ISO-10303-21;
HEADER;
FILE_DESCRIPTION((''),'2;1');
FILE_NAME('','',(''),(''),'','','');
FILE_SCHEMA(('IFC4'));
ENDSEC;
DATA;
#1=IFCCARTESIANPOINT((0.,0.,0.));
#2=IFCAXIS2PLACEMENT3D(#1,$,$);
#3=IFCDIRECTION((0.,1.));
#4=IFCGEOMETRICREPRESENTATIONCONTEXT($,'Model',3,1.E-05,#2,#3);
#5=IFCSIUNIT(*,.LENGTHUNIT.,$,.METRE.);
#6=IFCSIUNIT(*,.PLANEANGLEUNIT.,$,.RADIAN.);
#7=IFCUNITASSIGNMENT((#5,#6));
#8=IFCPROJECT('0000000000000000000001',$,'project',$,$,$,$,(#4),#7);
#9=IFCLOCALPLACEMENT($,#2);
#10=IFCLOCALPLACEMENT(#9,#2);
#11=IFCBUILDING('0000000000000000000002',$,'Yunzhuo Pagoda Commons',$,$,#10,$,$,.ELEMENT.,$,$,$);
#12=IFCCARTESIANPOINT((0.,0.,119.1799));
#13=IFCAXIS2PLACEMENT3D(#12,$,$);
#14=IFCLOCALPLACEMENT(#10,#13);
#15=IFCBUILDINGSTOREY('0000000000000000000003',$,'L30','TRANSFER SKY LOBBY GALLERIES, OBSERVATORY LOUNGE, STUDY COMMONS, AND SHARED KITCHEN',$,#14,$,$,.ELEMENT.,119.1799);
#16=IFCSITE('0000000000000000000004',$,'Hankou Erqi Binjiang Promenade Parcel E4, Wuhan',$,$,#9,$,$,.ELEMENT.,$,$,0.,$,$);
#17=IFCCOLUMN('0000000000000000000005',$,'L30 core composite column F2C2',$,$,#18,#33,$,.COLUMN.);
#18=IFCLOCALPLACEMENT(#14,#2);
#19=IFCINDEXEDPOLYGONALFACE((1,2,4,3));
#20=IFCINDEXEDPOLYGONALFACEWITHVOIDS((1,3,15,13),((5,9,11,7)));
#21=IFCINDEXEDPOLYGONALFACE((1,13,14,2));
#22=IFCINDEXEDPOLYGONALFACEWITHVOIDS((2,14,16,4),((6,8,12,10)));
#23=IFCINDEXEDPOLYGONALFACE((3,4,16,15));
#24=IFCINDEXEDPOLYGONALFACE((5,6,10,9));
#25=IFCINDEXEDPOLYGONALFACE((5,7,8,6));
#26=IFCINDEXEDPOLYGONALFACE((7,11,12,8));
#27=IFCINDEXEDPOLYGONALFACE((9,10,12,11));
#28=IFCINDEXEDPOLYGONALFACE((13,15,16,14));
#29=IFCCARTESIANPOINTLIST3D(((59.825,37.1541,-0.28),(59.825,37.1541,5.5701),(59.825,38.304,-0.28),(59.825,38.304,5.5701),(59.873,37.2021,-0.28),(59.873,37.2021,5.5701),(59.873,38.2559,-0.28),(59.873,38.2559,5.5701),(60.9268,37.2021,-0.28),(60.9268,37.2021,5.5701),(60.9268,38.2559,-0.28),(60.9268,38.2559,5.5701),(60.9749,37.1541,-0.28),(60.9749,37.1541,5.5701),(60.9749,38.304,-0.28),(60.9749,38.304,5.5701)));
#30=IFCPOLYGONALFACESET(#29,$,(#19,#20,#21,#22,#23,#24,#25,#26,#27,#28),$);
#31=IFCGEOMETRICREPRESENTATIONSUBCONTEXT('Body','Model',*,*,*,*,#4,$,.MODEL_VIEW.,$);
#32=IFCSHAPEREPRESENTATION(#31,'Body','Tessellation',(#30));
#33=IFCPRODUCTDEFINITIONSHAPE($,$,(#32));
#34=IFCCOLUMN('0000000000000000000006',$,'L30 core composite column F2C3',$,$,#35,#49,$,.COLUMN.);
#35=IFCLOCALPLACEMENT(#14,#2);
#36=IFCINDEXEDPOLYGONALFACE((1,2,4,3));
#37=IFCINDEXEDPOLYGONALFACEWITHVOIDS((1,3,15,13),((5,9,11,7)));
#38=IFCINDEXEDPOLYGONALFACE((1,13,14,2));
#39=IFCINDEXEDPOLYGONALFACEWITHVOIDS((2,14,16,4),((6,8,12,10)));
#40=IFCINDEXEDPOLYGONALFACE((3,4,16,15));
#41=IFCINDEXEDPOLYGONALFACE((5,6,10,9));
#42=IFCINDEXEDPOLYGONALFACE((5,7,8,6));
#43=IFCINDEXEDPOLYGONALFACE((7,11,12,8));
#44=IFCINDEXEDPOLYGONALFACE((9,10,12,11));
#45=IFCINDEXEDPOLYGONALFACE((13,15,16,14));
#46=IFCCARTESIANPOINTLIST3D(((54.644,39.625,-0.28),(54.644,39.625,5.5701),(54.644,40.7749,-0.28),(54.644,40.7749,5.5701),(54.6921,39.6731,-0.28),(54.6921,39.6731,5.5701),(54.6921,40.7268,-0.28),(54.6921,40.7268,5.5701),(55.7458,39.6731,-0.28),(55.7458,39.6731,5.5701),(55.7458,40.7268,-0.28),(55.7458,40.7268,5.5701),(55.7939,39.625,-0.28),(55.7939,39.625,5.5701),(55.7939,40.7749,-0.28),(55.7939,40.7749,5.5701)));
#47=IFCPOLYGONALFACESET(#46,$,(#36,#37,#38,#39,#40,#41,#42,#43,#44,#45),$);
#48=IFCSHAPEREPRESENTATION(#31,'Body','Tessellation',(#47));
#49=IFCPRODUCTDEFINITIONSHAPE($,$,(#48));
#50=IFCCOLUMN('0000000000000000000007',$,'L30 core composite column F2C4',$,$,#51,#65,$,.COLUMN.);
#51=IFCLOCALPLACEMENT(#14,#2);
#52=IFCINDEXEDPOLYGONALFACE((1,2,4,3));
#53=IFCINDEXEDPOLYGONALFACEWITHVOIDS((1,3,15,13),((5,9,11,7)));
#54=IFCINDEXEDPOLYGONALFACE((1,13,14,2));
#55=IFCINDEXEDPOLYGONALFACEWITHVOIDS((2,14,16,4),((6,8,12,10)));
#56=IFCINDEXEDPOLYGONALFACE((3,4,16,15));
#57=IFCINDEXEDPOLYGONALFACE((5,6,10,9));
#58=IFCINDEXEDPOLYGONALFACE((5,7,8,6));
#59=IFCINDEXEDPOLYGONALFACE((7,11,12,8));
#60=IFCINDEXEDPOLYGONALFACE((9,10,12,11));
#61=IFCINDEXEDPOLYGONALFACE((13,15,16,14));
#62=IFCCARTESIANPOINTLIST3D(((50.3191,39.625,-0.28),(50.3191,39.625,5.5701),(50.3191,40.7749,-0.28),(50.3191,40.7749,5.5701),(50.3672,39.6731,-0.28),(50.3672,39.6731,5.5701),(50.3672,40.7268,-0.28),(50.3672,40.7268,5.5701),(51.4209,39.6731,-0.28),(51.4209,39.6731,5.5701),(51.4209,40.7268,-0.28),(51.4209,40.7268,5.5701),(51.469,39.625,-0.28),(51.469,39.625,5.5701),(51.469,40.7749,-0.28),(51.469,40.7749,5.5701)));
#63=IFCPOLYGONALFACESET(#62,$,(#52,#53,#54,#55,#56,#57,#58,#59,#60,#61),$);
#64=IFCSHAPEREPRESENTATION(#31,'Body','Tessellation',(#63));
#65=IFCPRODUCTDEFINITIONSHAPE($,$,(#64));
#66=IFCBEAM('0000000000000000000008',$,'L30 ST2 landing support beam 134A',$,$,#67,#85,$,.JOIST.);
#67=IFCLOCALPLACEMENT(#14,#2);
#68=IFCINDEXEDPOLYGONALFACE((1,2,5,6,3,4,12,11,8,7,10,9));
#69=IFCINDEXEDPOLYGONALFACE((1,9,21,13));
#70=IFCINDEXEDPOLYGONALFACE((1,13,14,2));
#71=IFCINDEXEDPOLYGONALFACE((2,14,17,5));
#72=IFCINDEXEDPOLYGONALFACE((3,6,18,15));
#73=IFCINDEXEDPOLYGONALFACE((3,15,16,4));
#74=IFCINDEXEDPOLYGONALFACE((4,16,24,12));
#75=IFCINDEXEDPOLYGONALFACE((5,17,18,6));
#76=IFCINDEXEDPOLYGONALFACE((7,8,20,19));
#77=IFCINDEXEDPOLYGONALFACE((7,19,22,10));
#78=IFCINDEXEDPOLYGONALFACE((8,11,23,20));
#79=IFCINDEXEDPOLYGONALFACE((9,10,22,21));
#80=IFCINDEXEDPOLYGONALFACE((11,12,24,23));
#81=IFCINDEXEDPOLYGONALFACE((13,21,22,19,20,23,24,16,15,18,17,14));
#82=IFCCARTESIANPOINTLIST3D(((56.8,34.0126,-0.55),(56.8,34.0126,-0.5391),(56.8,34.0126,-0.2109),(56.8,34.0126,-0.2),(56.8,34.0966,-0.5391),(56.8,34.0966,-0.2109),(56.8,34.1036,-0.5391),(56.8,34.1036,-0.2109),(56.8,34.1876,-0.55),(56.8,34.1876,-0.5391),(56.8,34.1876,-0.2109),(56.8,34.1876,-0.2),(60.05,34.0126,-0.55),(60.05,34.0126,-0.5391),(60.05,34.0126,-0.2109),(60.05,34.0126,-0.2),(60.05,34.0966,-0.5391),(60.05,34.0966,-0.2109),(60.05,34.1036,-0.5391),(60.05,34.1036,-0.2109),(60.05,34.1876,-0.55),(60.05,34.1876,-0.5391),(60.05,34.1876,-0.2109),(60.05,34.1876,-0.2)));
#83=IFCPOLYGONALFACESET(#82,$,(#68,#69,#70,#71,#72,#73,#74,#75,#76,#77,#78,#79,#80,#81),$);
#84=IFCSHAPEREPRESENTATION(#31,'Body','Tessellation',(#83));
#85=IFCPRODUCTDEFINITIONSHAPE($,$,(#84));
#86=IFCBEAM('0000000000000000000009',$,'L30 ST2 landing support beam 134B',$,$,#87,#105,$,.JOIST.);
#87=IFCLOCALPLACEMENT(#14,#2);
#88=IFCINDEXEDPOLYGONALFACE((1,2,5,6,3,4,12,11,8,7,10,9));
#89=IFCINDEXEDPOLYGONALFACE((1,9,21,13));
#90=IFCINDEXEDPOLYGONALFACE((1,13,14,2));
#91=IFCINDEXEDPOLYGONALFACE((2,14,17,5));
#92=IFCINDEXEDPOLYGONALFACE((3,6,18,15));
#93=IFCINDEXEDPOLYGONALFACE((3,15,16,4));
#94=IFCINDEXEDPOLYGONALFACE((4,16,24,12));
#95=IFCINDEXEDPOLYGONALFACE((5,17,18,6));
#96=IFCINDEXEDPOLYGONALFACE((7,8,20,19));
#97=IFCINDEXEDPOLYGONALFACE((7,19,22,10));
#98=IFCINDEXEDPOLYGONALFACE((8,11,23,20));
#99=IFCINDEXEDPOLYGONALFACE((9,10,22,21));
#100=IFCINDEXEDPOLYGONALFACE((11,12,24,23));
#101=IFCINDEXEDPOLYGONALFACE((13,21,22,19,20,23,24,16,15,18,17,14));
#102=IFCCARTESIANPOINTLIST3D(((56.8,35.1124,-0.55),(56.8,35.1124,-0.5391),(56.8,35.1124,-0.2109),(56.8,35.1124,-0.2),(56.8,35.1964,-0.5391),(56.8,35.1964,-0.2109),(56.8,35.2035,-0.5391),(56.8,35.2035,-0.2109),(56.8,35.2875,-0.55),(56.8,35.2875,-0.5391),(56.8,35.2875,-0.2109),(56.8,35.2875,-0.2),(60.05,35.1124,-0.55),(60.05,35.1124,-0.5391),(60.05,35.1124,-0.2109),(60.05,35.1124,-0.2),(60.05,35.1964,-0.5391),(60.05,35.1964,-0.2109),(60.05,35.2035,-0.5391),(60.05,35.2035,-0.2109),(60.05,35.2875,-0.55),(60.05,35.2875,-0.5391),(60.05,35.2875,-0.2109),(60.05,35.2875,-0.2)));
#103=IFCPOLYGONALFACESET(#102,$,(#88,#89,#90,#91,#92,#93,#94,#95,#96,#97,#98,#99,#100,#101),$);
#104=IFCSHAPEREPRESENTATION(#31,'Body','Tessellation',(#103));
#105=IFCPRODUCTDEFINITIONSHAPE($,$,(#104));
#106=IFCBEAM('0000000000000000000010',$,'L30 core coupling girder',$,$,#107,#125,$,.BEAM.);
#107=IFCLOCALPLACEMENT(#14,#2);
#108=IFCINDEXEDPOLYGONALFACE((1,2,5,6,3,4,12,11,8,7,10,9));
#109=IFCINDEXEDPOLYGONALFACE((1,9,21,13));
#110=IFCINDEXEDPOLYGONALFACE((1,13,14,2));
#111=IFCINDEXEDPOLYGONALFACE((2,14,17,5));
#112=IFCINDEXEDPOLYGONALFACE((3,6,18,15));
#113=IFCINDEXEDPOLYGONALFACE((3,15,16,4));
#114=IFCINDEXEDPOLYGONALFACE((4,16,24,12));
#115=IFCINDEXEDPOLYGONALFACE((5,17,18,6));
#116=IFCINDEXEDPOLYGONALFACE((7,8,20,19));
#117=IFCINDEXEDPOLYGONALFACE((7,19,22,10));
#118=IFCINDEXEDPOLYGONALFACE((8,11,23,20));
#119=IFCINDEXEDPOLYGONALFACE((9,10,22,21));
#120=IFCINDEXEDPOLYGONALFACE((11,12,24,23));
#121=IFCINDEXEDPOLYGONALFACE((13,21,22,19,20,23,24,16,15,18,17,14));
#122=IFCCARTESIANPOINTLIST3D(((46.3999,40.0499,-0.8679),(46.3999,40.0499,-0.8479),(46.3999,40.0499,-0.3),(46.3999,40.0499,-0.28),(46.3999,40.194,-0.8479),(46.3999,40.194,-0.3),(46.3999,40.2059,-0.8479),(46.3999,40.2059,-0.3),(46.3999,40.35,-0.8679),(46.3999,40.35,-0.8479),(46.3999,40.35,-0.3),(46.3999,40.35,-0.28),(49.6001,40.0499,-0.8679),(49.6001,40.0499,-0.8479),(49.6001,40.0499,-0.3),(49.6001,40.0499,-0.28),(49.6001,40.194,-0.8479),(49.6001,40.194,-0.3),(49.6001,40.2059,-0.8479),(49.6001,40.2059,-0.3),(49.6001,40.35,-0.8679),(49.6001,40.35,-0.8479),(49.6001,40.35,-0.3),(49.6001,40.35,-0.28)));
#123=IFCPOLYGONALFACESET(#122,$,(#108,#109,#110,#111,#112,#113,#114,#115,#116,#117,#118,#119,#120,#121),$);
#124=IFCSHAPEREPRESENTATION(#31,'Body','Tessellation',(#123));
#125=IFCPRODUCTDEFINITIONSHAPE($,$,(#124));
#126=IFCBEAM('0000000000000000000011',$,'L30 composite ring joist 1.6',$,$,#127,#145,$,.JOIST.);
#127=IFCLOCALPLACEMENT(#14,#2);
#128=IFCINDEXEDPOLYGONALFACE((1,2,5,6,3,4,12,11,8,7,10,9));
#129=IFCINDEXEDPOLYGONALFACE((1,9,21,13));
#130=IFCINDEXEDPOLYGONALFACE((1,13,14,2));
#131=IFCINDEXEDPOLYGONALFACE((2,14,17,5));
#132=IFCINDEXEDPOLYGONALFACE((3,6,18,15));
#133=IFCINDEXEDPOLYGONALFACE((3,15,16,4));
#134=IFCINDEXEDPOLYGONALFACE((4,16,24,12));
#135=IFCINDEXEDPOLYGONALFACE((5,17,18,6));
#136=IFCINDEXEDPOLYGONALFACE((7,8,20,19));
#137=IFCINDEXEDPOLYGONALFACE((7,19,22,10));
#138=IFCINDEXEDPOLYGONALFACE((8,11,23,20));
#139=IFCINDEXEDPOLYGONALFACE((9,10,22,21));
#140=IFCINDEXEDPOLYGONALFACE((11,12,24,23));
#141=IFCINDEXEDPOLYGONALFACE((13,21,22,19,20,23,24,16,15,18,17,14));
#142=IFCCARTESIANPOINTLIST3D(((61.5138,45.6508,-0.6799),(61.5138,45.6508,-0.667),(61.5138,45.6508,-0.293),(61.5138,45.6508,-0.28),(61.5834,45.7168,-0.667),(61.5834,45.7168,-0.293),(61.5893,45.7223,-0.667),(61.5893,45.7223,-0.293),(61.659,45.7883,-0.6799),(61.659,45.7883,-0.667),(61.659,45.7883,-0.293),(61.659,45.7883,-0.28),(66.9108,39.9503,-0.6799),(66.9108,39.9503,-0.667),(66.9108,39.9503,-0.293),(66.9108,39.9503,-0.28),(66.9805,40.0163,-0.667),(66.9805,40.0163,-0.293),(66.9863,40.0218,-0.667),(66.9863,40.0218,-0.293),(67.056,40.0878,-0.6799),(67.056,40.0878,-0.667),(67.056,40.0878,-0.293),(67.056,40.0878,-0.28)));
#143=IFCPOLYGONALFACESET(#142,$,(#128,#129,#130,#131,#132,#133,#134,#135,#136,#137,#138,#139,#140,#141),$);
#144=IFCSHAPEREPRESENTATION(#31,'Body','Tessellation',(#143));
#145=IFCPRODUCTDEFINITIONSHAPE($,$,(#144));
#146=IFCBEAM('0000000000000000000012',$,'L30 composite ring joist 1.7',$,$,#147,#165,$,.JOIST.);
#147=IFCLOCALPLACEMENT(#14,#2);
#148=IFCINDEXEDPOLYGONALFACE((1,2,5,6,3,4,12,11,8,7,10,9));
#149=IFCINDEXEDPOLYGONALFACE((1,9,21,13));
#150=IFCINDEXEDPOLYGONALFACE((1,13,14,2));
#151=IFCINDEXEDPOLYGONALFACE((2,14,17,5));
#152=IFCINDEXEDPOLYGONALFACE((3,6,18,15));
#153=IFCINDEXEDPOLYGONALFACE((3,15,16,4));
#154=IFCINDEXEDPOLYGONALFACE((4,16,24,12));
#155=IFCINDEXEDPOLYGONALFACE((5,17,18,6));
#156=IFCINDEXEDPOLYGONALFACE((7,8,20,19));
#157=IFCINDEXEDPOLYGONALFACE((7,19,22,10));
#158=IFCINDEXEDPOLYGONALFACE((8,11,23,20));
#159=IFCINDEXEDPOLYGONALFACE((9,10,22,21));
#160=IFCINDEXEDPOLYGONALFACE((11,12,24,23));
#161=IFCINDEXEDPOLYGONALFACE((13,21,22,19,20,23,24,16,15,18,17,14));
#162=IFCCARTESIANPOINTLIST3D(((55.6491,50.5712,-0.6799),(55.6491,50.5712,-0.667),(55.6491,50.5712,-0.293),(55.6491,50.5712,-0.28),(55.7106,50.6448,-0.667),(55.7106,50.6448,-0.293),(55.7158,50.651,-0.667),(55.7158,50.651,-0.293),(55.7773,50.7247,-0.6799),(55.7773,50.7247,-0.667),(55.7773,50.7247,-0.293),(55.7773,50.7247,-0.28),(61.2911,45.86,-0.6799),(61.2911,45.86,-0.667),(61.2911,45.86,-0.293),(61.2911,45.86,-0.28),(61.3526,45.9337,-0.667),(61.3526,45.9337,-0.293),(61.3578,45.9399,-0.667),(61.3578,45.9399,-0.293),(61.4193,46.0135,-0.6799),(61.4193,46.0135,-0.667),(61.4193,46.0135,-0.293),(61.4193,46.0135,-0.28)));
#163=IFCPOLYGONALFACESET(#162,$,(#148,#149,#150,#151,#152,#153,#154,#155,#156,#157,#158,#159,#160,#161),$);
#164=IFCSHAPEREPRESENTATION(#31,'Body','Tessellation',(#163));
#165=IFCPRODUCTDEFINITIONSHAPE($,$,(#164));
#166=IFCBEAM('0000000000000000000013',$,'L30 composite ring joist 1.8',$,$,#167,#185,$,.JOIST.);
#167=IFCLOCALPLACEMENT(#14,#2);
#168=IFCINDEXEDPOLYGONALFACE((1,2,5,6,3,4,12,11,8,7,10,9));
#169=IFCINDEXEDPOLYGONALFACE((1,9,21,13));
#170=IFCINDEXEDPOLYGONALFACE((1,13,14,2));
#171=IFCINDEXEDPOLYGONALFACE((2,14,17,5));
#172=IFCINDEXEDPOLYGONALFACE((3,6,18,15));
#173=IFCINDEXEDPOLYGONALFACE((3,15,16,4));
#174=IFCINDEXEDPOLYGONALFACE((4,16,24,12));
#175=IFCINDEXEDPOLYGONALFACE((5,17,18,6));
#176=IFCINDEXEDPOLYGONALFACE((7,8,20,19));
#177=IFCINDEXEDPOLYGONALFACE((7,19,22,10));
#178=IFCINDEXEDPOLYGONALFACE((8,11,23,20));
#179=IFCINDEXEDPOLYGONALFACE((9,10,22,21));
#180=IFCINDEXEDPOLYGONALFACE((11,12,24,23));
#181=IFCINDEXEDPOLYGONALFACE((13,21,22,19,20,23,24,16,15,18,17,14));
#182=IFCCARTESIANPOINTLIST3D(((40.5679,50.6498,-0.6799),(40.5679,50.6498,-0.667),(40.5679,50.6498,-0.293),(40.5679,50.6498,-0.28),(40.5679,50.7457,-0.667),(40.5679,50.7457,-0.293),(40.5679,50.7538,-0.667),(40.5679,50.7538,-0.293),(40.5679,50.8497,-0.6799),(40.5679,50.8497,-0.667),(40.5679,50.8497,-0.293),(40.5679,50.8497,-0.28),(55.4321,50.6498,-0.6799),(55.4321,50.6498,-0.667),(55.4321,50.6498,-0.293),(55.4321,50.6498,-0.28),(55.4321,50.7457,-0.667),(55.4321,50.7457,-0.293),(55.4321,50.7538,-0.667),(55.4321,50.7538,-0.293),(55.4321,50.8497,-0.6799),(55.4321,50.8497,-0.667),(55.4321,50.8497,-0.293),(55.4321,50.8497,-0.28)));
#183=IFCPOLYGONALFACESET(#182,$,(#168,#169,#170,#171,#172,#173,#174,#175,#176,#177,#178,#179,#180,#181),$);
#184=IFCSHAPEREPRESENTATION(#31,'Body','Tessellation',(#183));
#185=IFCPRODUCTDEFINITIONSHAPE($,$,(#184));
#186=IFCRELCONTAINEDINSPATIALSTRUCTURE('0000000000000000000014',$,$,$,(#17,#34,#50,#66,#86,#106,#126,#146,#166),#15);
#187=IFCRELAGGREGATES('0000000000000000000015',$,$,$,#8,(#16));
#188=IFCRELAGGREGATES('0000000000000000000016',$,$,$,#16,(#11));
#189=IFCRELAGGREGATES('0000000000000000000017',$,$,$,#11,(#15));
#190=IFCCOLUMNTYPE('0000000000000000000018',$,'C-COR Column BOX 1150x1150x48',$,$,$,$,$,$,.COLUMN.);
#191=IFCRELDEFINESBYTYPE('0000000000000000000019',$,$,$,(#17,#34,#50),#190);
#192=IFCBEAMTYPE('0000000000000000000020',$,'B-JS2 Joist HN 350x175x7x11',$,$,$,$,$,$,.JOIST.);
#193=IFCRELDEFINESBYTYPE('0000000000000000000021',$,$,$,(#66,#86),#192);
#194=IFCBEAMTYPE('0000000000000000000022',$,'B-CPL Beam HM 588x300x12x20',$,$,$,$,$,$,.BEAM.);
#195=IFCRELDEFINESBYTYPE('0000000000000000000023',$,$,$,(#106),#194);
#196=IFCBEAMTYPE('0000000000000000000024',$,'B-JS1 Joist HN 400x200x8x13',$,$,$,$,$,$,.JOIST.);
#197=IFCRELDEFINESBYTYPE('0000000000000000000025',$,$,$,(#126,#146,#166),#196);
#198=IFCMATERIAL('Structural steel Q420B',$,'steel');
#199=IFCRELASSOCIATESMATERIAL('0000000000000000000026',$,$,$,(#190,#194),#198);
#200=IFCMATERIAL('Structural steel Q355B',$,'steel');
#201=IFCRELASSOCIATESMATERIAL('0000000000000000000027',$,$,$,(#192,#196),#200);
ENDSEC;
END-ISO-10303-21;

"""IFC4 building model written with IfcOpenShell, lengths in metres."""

from ifc_helpers import new_model, si_unit, direction, frame, origin, origin_2d, place, context, subcontext, project, spatial, hollow_rectangle, i_section, extrude, source, transform, mapped, material, material_profile, profile_set, type_object, element, save


model = new_model("IFC4")

# Units and contexts
model_context = context("Model", 3, precision=1e-05, world=origin(), true_north=direction((0.0, 1.0)))
body_context = subcontext(model_context, "Body", "Model", "MODEL_VIEW")
ifc_project = project(units=[si_unit("LENGTHUNIT", "METRE"), si_unit("PLANEANGLEUNIT", "RADIAN")], contexts=[model_context])

# Site, building, storey
site_placement = place(None, origin())
site = spatial("IfcSite", under=ifc_project, at=site_placement, Name="Hankou Erqi Binjiang Promenade Parcel E4, Wuhan", CompositionType="ELEMENT", RefElevation=0.0)
building_placement = place(site_placement, origin())
building = spatial("IfcBuilding", under=site, at=building_placement, Name="Yunzhuo Pagoda Commons", CompositionType="ELEMENT")
storey_placement = place(building_placement, frame((0.0, 0.0, 119.1799)))
storey = spatial("IfcBuildingStorey", under=building, at=storey_placement, Name="L30", Description="TRANSFER SKY LOBBY GALLERIES, OBSERVATORY LOUNGE, STUDY COMMONS, AND SHARED KITCHEN", CompositionType="ELEMENT", Elevation=119.1799)

# Columns
ifc_material_1 = material(Name="Structural steel Q420B", Category="steel")
ifc_material_profile_1 = material_profile(ifc_material_1, hollow_rectangle(XDim=1.1499, YDim=1.1499, WallThickness=0.0481, at=origin_2d()), Name="Structural steel Q420B")
ifc_profile_set_1 = profile_set([ifc_material_profile_1], Name="Structural steel Q420B")
column_type = type_object("IfcColumnType", Name="C-COR Column BOX 1150x1150x48", PredefinedType="COLUMN", material=ifc_profile_set_1)
shared_shape_1 = source(origin(), body_context, "Body", "SweptSolid", [
    extrude(hollow_rectangle(XDim=1.1499, YDim=1.1499, WallThickness=0.0481, at=origin_2d()), origin(), (0.0, 0.0, 1.0), 5.8501),
])
for number, where, z_axis, x_axis, name in (
    (1, (60.3999, 37.729, -0.28), (0.0, 0.0, 1.0), (1.0, 0.0, 0.0), "L30 core composite column F2C2"),
    (2, (55.219, 40.2, -0.28), (0.0, 0.0, 1.0), (1.0, 0.0, 0.0), "L30 core composite column F2C3"),
    (3, (50.894, 40.2, -0.28), (0.0, 0.0, 1.0), (1.0, 0.0, 0.0), "L30 core composite column F2C4"),
):
    element("IfcColumn", number, at=place(storey_placement, frame(where, z_axis=z_axis, x_axis=x_axis)), inside=storey, type_object=column_type, Name=name, PredefinedType="COLUMN", context=body_context, shape_type="MappedRepresentation", body=[
        mapped(shared_shape_1, transform((0.0, 0.0, 0.0), scale=1.0)),
    ])

# Beams
ifc_material_2 = material(Name="Structural steel Q355B", Category="steel")
ifc_material_profile_2 = material_profile(ifc_material_2, i_section(OverallWidth=0.175, OverallDepth=0.3501, WebThickness=0.0071, FlangeThickness=0.011, at=origin_2d()), Name="Structural steel Q355B")
ifc_profile_set_2 = profile_set([ifc_material_profile_2], Name="Structural steel Q355B")
beam_type_1 = type_object("IfcBeamType", Name="B-JS2 Joist HN 350x175x7x11", PredefinedType="JOIST", material=ifc_profile_set_2)
shared_shape_2 = source(origin(), body_context, "Body", "SweptSolid", [
    extrude(i_section(OverallWidth=0.175, OverallDepth=0.3501, WebThickness=0.0071, FlangeThickness=0.011, at=origin_2d()), origin(), (0.0, 0.0, 1.0), 3.25),
])
for number, where, z_axis, x_axis, name in (
    (4, (56.8, 34.1001, -0.375), (1.0, 0.0, 0.0), (0.0, 1.0, 0.0), "L30 ST2 landing support beam 134A"),
    (5, (56.8, 35.2, -0.375), (1.0, 0.0, 0.0), (0.0, 1.0, 0.0), "L30 ST2 landing support beam 134B"),
):
    element("IfcBeam", number, at=place(storey_placement, frame(where, z_axis=z_axis, x_axis=x_axis)), inside=storey, type_object=beam_type_1, Name=name, PredefinedType="JOIST", context=body_context, shape_type="MappedRepresentation", body=[
        mapped(shared_shape_2, transform((0.0, 0.0, 0.0), scale=1.0)),
    ])
ifc_material_profile_3 = material_profile(ifc_material_1, i_section(OverallWidth=0.3, OverallDepth=0.5879, WebThickness=0.012, FlangeThickness=0.02, at=origin_2d()), Name="Structural steel Q420B")
ifc_profile_set_3 = profile_set([ifc_material_profile_3], Name="Structural steel Q420B")
beam_type_2 = type_object("IfcBeamType", Name="B-CPL Beam HM 588x300x12x20", PredefinedType="BEAM", material=ifc_profile_set_3)
shared_shape_3 = source(origin(), body_context, "Body", "SweptSolid", [
    extrude(i_section(OverallWidth=0.3, OverallDepth=0.5879, WebThickness=0.012, FlangeThickness=0.02, at=origin_2d()), origin(), (0.0, 0.0, 1.0), 3.2002),
])
beam_1_placement = place(storey_placement, frame((46.3999, 40.2, -0.574), z_axis=(1.0, 0.0, 0.0), x_axis=(0.0, 1.0, 0.0)))
element("IfcBeam", 6, at=beam_1_placement, inside=storey, type_object=beam_type_2, Name="L30 core coupling girder", PredefinedType="BEAM", context=body_context, shape_type="MappedRepresentation", body=[
    mapped(shared_shape_3, transform((0.0, 0.0, 0.0), scale=1.0)),
])
ifc_material_profile_4 = material_profile(ifc_material_2, i_section(OverallWidth=0.2, OverallDepth=0.3999, WebThickness=0.0081, FlangeThickness=0.0129, at=origin_2d()), Name="Structural steel Q355B")
ifc_profile_set_4 = profile_set([ifc_material_profile_4], Name="Structural steel Q355B")
beam_type_3 = type_object("IfcBeamType", Name="B-JS1 Joist HN 400x200x8x13", PredefinedType="JOIST", material=ifc_profile_set_4)
shared_shape_4 = source(origin(), body_context, "Body", "SweptSolid", [
    extrude(i_section(OverallWidth=0.2, OverallDepth=0.3999, WebThickness=0.0081, FlangeThickness=0.0129, at=origin_2d()), origin(), (0.0, 0.0, 1.0), 7.8501),
])
beam_2_placement = place(storey_placement, frame((66.9834, 40.019, -0.48), z_axis=(-0.687513, 0.726172, 0.0), x_axis=(-0.726172, -0.687513, 0.0)))
element("IfcBeam", 7, at=beam_2_placement, inside=storey, type_object=beam_type_3, Name="L30 composite ring joist 1.6", PredefinedType="JOIST", context=body_context, shape_type="MappedRepresentation", body=[
    mapped(shared_shape_4, transform((0.0, 0.0, 0.0), scale=1.0)),
])
shared_shape_5 = source(origin(), body_context, "Body", "SweptSolid", [
    extrude(i_section(OverallWidth=0.2, OverallDepth=0.3999, WebThickness=0.0081, FlangeThickness=0.0129, at=origin_2d()), origin(), (0.0, 0.0, 1.0), 7.3503),
])
beam_3_placement = place(storey_placement, frame((61.3552, 45.9368, -0.48), z_axis=(-0.767589, 0.640942, 0.0), x_axis=(-0.640942, -0.767589, 0.0)))
element("IfcBeam", 8, at=beam_3_placement, inside=storey, type_object=beam_type_3, Name="L30 composite ring joist 1.7", PredefinedType="JOIST", context=body_context, shape_type="MappedRepresentation", body=[
    mapped(shared_shape_5, transform((0.0, 0.0, 0.0), scale=1.0)),
])
shared_shape_6 = source(origin(), body_context, "Body", "SweptSolid", [
    extrude(i_section(OverallWidth=0.2, OverallDepth=0.3999, WebThickness=0.0081, FlangeThickness=0.0129, at=origin_2d()), origin(), (0.0, 0.0, 1.0), 14.8643),
])
beam_4_placement = place(storey_placement, frame((55.4321, 50.7498, -0.48), z_axis=(-1.0, 0.0, 0.0), x_axis=(0.0, -1.0, 0.0)))
element("IfcBeam", 9, at=beam_4_placement, inside=storey, type_object=beam_type_3, Name="L30 composite ring joist 1.8", PredefinedType="JOIST", context=body_context, shape_type="MappedRepresentation", body=[
    mapped(shared_shape_6, transform((0.0, 0.0, 0.0), scale=1.0)),
])

save(model, "model.ifc")
